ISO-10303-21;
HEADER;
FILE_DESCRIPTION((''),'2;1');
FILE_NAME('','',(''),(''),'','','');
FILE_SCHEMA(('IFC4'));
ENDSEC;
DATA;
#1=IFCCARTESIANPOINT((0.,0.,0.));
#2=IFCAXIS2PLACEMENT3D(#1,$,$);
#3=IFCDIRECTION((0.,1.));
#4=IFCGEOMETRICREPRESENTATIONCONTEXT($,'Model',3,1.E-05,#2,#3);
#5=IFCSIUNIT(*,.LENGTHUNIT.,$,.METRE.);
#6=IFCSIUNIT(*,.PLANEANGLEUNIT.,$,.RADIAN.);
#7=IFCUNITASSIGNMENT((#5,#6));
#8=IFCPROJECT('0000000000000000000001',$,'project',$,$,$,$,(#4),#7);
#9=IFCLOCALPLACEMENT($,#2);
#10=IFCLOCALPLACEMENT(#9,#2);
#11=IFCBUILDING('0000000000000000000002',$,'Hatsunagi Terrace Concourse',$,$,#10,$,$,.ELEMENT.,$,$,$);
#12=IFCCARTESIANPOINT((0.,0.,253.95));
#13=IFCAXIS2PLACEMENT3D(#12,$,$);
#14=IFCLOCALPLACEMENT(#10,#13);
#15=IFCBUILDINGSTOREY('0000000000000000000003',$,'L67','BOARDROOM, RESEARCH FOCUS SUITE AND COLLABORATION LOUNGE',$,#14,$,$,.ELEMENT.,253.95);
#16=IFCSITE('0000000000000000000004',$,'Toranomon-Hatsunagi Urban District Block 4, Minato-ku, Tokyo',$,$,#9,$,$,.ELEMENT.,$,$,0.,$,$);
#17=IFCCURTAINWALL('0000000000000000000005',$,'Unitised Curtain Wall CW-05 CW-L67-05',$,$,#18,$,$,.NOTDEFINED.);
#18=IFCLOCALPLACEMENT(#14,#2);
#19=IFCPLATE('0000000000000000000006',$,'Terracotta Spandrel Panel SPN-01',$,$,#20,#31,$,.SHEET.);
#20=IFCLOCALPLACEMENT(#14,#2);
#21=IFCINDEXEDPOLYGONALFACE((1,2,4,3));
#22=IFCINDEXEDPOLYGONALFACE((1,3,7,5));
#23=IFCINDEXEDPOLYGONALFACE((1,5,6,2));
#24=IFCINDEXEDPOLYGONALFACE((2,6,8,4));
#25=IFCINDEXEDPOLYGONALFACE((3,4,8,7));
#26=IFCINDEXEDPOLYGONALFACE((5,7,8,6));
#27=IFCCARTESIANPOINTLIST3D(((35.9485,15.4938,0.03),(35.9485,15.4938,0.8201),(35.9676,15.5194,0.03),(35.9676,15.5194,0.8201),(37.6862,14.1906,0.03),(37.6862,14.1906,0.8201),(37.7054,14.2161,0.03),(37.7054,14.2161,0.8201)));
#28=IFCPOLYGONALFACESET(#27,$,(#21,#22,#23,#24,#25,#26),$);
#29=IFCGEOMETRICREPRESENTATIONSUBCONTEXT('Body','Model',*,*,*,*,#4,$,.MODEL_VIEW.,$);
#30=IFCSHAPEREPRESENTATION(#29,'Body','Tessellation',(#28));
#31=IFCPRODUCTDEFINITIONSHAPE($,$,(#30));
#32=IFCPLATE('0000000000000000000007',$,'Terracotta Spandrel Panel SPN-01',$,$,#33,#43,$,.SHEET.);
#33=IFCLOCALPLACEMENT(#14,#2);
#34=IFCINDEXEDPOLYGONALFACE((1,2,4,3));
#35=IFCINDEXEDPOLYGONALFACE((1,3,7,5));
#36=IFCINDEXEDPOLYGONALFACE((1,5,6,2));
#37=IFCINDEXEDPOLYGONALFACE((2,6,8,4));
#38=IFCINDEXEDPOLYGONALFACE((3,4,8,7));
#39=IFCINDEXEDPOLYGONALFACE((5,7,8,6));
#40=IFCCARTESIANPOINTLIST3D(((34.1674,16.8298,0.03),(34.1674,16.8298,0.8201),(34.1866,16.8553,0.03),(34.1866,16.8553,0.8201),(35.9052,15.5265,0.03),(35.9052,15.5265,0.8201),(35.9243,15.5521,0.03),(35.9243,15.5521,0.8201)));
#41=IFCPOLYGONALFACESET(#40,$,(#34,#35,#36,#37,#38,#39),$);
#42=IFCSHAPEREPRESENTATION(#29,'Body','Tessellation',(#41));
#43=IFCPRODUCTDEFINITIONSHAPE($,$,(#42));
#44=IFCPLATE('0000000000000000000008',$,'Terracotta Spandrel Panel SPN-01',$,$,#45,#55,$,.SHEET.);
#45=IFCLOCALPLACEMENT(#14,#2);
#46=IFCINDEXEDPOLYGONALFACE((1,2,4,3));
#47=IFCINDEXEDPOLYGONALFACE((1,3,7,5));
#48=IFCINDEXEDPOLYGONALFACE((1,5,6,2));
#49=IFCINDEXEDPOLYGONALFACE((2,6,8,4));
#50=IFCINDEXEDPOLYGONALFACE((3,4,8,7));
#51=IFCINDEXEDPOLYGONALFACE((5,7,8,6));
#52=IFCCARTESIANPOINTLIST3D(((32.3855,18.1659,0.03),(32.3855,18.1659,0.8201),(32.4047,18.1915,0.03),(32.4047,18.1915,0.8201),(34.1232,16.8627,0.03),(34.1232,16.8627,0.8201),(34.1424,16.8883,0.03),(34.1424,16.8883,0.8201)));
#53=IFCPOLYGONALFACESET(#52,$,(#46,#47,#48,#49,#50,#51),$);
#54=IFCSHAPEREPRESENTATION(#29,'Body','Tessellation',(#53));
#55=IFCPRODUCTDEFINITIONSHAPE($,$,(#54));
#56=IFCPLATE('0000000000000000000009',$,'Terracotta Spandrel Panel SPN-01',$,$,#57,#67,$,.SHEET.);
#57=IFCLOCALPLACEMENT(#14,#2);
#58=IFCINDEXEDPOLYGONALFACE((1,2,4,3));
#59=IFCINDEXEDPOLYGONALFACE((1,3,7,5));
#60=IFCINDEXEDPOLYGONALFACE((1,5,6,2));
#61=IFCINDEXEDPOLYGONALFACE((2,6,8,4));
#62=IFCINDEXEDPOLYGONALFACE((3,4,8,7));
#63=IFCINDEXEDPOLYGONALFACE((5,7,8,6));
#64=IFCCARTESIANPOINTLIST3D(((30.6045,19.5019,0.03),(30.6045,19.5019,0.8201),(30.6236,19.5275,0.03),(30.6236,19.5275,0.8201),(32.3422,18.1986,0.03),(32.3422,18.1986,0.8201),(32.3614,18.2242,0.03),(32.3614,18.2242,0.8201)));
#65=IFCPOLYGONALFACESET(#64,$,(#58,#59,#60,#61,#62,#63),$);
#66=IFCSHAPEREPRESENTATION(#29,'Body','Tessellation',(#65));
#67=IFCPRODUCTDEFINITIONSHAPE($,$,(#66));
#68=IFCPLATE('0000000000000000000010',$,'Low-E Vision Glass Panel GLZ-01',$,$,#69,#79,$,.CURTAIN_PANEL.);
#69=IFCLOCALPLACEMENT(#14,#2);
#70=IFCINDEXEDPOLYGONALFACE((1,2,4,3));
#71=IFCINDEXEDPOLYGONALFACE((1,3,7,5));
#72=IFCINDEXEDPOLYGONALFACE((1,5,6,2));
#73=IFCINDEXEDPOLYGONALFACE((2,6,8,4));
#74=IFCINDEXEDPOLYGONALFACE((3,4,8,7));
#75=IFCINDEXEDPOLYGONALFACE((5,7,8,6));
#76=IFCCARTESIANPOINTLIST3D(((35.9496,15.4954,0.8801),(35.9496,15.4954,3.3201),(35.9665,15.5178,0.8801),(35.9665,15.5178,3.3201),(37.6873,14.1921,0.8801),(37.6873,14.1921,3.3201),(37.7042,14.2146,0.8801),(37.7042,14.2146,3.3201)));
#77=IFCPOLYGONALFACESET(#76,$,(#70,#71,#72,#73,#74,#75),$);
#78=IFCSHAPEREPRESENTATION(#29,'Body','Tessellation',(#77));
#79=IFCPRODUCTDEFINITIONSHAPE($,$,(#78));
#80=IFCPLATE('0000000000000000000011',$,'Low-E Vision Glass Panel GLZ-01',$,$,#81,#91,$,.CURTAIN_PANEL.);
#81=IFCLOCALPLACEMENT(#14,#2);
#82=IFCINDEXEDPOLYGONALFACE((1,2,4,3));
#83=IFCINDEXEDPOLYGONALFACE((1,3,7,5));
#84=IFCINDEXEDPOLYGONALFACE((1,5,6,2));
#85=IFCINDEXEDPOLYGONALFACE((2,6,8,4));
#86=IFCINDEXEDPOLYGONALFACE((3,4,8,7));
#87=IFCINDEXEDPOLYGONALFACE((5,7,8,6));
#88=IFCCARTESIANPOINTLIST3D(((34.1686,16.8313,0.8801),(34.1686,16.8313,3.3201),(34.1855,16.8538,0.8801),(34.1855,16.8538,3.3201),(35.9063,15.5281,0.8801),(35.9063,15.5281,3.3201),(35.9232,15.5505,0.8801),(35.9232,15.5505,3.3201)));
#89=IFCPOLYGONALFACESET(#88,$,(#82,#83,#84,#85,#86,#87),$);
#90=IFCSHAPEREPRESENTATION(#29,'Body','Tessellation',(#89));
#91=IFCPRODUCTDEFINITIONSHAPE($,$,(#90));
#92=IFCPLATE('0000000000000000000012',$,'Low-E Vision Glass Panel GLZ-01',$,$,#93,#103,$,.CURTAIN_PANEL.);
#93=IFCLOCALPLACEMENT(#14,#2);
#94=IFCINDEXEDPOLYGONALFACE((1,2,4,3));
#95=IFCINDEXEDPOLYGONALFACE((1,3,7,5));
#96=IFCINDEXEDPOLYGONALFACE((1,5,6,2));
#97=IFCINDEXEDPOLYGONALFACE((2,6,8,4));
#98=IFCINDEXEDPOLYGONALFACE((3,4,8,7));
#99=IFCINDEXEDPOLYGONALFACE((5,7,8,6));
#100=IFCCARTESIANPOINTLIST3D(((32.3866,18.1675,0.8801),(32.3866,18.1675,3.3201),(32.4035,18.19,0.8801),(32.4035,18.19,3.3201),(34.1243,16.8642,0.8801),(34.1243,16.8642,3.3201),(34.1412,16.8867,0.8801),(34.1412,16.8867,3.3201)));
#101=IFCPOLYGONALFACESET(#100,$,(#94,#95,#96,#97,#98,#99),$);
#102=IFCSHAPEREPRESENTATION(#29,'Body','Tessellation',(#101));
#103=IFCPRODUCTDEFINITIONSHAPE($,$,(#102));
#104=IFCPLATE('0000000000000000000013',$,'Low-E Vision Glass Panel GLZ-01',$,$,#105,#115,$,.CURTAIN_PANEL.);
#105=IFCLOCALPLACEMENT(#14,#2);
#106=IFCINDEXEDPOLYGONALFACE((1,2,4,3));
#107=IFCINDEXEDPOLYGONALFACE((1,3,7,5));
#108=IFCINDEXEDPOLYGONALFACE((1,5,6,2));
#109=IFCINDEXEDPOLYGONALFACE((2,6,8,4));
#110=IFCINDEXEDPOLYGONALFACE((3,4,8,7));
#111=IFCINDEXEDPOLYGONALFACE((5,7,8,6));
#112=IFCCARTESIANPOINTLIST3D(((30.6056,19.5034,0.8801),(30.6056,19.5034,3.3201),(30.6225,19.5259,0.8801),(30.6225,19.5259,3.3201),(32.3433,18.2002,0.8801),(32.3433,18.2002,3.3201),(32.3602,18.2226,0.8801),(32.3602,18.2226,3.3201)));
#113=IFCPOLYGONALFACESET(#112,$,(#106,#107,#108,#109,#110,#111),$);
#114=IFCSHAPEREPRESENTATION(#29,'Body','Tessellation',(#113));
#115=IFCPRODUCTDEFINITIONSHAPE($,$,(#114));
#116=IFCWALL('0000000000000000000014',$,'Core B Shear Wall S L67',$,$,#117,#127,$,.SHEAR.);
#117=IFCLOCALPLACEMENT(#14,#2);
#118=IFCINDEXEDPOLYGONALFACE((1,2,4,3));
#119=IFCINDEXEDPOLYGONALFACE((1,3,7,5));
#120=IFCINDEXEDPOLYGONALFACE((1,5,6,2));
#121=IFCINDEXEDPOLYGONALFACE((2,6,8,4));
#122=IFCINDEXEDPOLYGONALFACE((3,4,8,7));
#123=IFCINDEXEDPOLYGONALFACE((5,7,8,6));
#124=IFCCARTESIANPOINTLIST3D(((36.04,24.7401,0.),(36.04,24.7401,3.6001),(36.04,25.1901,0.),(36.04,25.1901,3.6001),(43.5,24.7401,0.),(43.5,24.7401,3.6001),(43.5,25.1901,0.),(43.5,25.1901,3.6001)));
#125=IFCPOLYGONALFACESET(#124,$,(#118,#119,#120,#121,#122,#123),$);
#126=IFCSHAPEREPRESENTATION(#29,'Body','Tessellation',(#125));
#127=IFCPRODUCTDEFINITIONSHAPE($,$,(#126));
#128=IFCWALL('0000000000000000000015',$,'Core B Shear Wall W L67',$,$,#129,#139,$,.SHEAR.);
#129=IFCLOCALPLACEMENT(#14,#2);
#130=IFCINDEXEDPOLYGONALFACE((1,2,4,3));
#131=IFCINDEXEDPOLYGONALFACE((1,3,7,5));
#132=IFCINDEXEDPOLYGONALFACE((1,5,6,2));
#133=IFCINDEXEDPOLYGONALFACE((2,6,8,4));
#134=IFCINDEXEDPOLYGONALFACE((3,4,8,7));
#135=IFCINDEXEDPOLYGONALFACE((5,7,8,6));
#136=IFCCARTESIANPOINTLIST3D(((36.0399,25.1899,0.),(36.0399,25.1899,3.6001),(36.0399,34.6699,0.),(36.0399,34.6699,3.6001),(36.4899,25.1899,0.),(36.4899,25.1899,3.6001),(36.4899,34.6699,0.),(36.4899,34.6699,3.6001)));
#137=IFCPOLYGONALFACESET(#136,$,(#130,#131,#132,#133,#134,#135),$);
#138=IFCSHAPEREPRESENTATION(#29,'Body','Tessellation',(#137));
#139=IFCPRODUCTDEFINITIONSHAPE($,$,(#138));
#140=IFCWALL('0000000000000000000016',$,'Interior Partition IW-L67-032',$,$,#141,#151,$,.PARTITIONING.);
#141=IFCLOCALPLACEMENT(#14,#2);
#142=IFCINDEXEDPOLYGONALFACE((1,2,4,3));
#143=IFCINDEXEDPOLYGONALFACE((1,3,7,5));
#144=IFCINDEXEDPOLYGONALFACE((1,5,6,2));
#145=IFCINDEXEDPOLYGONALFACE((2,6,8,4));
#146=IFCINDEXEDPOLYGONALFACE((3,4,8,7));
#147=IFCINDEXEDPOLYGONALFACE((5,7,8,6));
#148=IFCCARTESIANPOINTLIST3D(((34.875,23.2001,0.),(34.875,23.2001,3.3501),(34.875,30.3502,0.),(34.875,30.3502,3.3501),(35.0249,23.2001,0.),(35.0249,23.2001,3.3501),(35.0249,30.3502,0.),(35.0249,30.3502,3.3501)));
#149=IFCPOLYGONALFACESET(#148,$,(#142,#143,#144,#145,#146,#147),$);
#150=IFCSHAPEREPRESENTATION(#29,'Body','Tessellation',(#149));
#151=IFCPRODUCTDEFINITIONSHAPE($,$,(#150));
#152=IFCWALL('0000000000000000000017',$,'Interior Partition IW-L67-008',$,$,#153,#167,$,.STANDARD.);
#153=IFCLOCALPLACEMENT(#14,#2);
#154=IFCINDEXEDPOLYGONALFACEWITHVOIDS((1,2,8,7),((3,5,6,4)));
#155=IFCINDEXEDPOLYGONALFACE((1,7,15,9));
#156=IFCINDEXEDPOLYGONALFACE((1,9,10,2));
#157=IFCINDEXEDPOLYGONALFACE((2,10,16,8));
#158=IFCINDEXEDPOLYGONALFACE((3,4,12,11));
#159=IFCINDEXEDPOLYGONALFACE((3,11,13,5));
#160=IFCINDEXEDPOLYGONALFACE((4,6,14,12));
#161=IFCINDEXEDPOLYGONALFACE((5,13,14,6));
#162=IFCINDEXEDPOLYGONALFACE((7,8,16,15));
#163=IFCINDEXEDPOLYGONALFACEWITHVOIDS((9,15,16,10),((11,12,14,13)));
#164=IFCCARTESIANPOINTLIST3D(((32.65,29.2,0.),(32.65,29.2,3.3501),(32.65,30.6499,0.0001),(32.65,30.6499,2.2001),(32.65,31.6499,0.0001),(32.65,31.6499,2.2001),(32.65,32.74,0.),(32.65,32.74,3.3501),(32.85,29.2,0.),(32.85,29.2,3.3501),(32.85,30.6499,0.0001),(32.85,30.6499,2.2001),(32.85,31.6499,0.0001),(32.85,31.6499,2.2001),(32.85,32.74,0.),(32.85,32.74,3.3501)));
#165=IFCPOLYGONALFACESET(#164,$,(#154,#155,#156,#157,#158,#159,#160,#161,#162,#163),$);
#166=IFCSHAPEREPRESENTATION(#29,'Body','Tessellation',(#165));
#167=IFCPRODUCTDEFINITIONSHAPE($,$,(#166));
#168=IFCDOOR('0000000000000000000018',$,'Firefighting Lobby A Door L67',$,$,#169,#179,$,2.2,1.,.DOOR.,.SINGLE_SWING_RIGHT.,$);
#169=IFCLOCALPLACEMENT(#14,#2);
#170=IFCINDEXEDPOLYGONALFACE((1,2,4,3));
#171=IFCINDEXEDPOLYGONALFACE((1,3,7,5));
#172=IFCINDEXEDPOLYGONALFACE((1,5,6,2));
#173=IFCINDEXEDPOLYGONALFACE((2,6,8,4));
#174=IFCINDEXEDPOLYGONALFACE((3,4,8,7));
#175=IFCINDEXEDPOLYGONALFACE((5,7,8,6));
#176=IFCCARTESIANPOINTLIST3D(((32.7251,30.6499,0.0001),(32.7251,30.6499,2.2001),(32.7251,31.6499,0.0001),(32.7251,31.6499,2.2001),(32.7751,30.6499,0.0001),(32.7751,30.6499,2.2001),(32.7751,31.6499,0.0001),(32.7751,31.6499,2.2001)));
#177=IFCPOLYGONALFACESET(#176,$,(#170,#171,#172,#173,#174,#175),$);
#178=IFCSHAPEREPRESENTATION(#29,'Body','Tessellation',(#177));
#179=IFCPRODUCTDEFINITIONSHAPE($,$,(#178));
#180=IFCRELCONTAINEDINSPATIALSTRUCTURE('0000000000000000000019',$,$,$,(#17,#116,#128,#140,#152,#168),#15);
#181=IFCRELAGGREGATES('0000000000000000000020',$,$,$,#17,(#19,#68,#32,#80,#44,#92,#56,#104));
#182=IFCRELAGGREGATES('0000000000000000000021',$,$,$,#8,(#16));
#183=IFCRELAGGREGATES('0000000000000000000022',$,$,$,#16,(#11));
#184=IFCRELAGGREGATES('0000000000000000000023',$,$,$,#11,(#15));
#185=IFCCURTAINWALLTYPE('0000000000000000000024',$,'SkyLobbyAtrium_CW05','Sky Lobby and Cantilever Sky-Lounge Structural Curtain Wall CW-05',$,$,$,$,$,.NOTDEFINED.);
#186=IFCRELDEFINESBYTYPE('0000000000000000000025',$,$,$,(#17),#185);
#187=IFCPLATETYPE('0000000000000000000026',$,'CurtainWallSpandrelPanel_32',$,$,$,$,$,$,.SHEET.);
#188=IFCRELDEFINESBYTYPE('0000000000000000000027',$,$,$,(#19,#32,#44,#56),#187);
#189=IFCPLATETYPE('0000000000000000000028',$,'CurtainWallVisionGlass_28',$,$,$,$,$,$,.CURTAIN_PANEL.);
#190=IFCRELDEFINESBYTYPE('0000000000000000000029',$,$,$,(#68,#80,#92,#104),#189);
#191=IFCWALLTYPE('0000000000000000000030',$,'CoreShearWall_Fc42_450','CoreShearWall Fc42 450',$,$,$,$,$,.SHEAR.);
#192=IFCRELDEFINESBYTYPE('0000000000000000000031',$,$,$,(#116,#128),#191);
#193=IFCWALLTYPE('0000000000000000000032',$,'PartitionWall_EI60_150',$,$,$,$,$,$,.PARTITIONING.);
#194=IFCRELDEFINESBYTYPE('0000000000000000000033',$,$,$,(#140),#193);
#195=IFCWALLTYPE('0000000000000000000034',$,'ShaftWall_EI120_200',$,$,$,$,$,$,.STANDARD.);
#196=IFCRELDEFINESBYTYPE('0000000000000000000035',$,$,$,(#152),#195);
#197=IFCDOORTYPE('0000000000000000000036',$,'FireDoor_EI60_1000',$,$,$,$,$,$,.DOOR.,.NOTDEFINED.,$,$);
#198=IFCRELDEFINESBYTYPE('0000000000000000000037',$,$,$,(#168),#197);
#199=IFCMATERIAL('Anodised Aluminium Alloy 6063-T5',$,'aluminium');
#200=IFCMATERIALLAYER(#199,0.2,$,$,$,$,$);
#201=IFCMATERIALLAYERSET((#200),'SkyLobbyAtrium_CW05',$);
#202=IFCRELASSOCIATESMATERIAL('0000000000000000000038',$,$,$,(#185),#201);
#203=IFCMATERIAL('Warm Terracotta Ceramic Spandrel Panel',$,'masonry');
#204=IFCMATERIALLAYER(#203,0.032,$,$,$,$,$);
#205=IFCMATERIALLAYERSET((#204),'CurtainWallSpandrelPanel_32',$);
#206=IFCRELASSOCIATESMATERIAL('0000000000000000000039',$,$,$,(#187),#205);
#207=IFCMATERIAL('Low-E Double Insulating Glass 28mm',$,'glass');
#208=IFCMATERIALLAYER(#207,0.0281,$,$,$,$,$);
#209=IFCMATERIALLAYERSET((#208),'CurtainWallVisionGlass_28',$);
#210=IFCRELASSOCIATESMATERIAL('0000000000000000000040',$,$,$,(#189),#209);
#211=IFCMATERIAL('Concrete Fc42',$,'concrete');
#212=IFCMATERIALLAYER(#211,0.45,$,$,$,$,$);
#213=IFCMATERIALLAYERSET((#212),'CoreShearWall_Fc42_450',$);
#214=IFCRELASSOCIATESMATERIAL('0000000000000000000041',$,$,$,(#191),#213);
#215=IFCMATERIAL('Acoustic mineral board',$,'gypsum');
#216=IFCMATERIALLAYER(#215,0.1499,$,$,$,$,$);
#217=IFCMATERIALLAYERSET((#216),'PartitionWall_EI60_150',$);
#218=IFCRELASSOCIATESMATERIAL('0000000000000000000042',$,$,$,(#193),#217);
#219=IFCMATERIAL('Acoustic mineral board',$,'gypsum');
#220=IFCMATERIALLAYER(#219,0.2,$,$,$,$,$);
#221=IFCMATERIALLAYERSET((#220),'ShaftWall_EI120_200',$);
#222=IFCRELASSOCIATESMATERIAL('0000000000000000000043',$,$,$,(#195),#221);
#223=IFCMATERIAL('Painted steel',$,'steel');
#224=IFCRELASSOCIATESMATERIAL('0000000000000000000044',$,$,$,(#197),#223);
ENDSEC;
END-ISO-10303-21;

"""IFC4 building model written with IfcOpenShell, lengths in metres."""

from ifc_helpers import new_model, si_unit, direction, frame, frame_2d, origin, origin_2d, place, context, subcontext, project, spatial, rectangle, extrude, material, layer, layer_set, type_object, element, fill, aggregate, save


model = new_model("IFC4")

# Units and contexts
model_context = context("Model", 3, precision=1e-05, world=origin(), true_north=direction((0.0, 1.0)))
body_context = subcontext(model_context, "Body", "Model", "MODEL_VIEW")
ifc_project = project(units=[si_unit("LENGTHUNIT", "METRE"), si_unit("PLANEANGLEUNIT", "RADIAN")], contexts=[model_context])

# Site, building, storey
site_placement = place(None, origin())
site = spatial("IfcSite", under=ifc_project, at=site_placement, Name="Toranomon-Hatsunagi Urban District Block 4, Minato-ku, Tokyo", CompositionType="ELEMENT", RefElevation=0.0)
building_placement = place(site_placement, origin())
building = spatial("IfcBuilding", under=site, at=building_placement, Name="Hatsunagi Terrace Concourse", CompositionType="ELEMENT")
storey_placement = place(building_placement, frame((0.0, 0.0, 253.95)))
storey = spatial("IfcBuildingStorey", under=building, at=storey_placement, Name="L67", Description="BOARDROOM, RESEARCH FOCUS SUITE AND COLLABORATION LOUNGE", CompositionType="ELEMENT", Elevation=253.95)

# Curtain wall
ifc_material_1 = material(Name="Anodised Aluminium Alloy 6063-T5", Category="aluminium")
ifc_layer_1 = layer(ifc_material_1, 0.2)
ifc_layer_set_1 = layer_set([ifc_layer_1], Name="SkyLobbyAtrium_CW05")
curtain_wall_type = type_object("IfcCurtainWallType", Name="SkyLobbyAtrium_CW05", Description="Sky Lobby and Cantilever Sky-Lounge Structural Curtain Wall CW-05", PredefinedType="NOTDEFINED", material=ifc_layer_set_1)
curtain_wall_placement = place(storey_placement, origin())
curtain_wall = element("IfcCurtainWall", 1, at=curtain_wall_placement, inside=storey, type_object=curtain_wall_type, Name="Unitised Curtain Wall CW-05 CW-L67-05", PredefinedType="NOTDEFINED")

# Plates
ifc_material_2 = material(Name="Warm Terracotta Ceramic Spandrel Panel", Category="masonry")
ifc_layer_2 = layer(ifc_material_2, 0.032)
ifc_layer_set_2 = layer_set([ifc_layer_2], Name="CurtainWallSpandrelPanel_32")
plate_type_1 = type_object("IfcPlateType", Name="CurtainWallSpandrelPanel_32", PredefinedType="SHEET", material=ifc_layer_set_2)
plate_1_placement = place(storey_placement, frame((36.8269, 14.855, 0.03), z_axis=(0.0, 0.0, 1.0), x_axis=(-0.800007, 0.59999, 0.0)))
plate_1 = element("IfcPlate", 2, at=plate_1_placement, type_object=plate_type_1, Name="Terracotta Spandrel Panel SPN-01", PredefinedType="SHEET", context=body_context, shape_type="SweptSolid", body=[
    extrude(rectangle(XDim=2.1721, YDim=0.032, at=origin_2d()), origin(), (0.0, 0.0, 1.0), 0.79),
])
plate_2_placement = place(storey_placement, frame((35.0459, 16.1909, 0.03), z_axis=(0.0, 0.0, 1.0), x_axis=(-0.800007, 0.59999, 0.0)))
plate_2 = element("IfcPlate", 3, at=plate_2_placement, type_object=plate_type_1, Name="Terracotta Spandrel Panel SPN-01", PredefinedType="SHEET", context=body_context, shape_type="SweptSolid", body=[
    extrude(rectangle(XDim=2.1721, YDim=0.032, at=origin_2d()), origin(), (0.0, 0.0, 1.0), 0.79),
])
plate_3_placement = place(storey_placement, frame((33.2639, 17.5271, 0.03), z_axis=(0.0, 0.0, 1.0), x_axis=(-0.800007, 0.59999, 0.0)))
plate_3 = element("IfcPlate", 4, at=plate_3_placement, type_object=plate_type_1, Name="Terracotta Spandrel Panel SPN-01", PredefinedType="SHEET", context=body_context, shape_type="SweptSolid", body=[
    extrude(rectangle(XDim=2.1721, YDim=0.032, at=origin_2d()), origin(), (0.0, 0.0, 1.0), 0.79),
])
plate_4_placement = place(storey_placement, frame((31.4829, 18.863, 0.03), z_axis=(0.0, 0.0, 1.0), x_axis=(-0.800007, 0.59999, 0.0)))
plate_4 = element("IfcPlate", 5, at=plate_4_placement, type_object=plate_type_1, Name="Terracotta Spandrel Panel SPN-01", PredefinedType="SHEET", context=body_context, shape_type="SweptSolid", body=[
    extrude(rectangle(XDim=2.1721, YDim=0.032, at=origin_2d()), origin(), (0.0, 0.0, 1.0), 0.79),
])
ifc_material_3 = material(Name="Low-E Double Insulating Glass 28mm", Category="glass")
ifc_layer_3 = layer(ifc_material_3, 0.0281)
ifc_layer_set_3 = layer_set([ifc_layer_3], Name="CurtainWallVisionGlass_28")
plate_type_2 = type_object("IfcPlateType", Name="CurtainWallVisionGlass_28", PredefinedType="CURTAIN_PANEL", material=ifc_layer_set_3)
plate_5_placement = place(storey_placement, frame((36.8269, 14.855, 0.8801), z_axis=(0.0, 0.0, 1.0), x_axis=(-0.800007, 0.59999, 0.0)))
plate_5 = element("IfcPlate", 6, at=plate_5_placement, type_object=plate_type_2, Name="Low-E Vision Glass Panel GLZ-01", PredefinedType="CURTAIN_PANEL", context=body_context, shape_type="SweptSolid", body=[
    extrude(rectangle(XDim=2.1721, YDim=0.0281, at=origin_2d()), origin(), (0.0, 0.0, 1.0), 2.4399),
])
plate_6_placement = place(storey_placement, frame((35.0459, 16.1909, 0.8801), z_axis=(0.0, 0.0, 1.0), x_axis=(-0.800007, 0.59999, 0.0)))
plate_6 = element("IfcPlate", 7, at=plate_6_placement, type_object=plate_type_2, Name="Low-E Vision Glass Panel GLZ-01", PredefinedType="CURTAIN_PANEL", context=body_context, shape_type="SweptSolid", body=[
    extrude(rectangle(XDim=2.1721, YDim=0.0281, at=origin_2d()), origin(), (0.0, 0.0, 1.0), 2.4399),
])
plate_7_placement = place(storey_placement, frame((33.2639, 17.5271, 0.8801), z_axis=(0.0, 0.0, 1.0), x_axis=(-0.800007, 0.59999, 0.0)))
plate_7 = element("IfcPlate", 8, at=plate_7_placement, type_object=plate_type_2, Name="Low-E Vision Glass Panel GLZ-01", PredefinedType="CURTAIN_PANEL", context=body_context, shape_type="SweptSolid", body=[
    extrude(rectangle(XDim=2.1721, YDim=0.0281, at=origin_2d()), origin(), (0.0, 0.0, 1.0), 2.4399),
])
plate_8_placement = place(storey_placement, frame((31.4829, 18.863, 0.8801), z_axis=(0.0, 0.0, 1.0), x_axis=(-0.800007, 0.59999, 0.0)))
plate_8 = element("IfcPlate", 9, at=plate_8_placement, type_object=plate_type_2, Name="Low-E Vision Glass Panel GLZ-01", PredefinedType="CURTAIN_PANEL", context=body_context, shape_type="SweptSolid", body=[
    extrude(rectangle(XDim=2.1721, YDim=0.0281, at=origin_2d()), origin(), (0.0, 0.0, 1.0), 2.4399),
])
aggregate(curtain_wall, [plate_1, plate_5, plate_2, plate_6, plate_3, plate_7, plate_4, plate_8])

# Walls
ifc_material_4 = material(Name="Concrete Fc42", Category="concrete")
ifc_layer_4 = layer(ifc_material_4, 0.45)
ifc_layer_set_4 = layer_set([ifc_layer_4], Name="CoreShearWall_Fc42_450")
wall_type_1 = type_object("IfcWallType", Name="CoreShearWall_Fc42_450", Description="CoreShearWall Fc42 450", PredefinedType="SHEAR", material=ifc_layer_set_4)
wall_1_placement = place(storey_placement, frame((36.04, 24.9651, 0.0), z_axis=(0.0, 0.0, 1.0), x_axis=(1.0, 0.0, 0.0)))
element("IfcWall", 10, at=wall_1_placement, inside=storey, type_object=wall_type_1, Name="Core B Shear Wall S L67", PredefinedType="SHEAR", context=body_context, shape_type="SweptSolid", body=[
    extrude(rectangle(XDim=7.46, YDim=0.45, at=frame_2d((3.73, 0.0))), origin(), (0.0, 0.0, 1.0), 3.6001),
])
wall_2_placement = place(storey_placement, frame((36.2649, 25.1899, 0.0), z_axis=(0.0, 0.0, 1.0), x_axis=(0.0, 1.0, 0.0)))
element("IfcWall", 11, at=wall_2_placement, inside=storey, type_object=wall_type_1, Name="Core B Shear Wall W L67", PredefinedType="SHEAR", context=body_context, shape_type="SweptSolid", body=[
    extrude(rectangle(XDim=9.48, YDim=0.45, at=frame_2d((4.74, 0.0))), origin(), (0.0, 0.0, 1.0), 3.6001),
])
ifc_material_5 = material(Name="Acoustic mineral board", Category="gypsum")
ifc_layer_5 = layer(ifc_material_5, 0.1499)
ifc_layer_set_5 = layer_set([ifc_layer_5], Name="PartitionWall_EI60_150")
wall_type_2 = type_object("IfcWallType", Name="PartitionWall_EI60_150", PredefinedType="PARTITIONING", material=ifc_layer_set_5)
wall_3_placement = place(storey_placement, frame((34.95, 23.2, 0.0), z_axis=(0.0, 0.0, 1.0), x_axis=(0.0, 1.0, 0.0)))
element("IfcWall", 12, at=wall_3_placement, inside=storey, type_object=wall_type_2, Name="Interior Partition IW-L67-032", PredefinedType="PARTITIONING", context=body_context, shape_type="SweptSolid", body=[
    extrude(rectangle(XDim=7.1501, YDim=0.1499, at=frame_2d((3.5752, 0.0))), origin(), (0.0, 0.0, 1.0), 3.3501),
])

# Wall, opening, door
ifc_material_6 = material(Name="Acoustic mineral board", Category="gypsum")
ifc_layer_6 = layer(ifc_material_6, 0.2)
ifc_layer_set_6 = layer_set([ifc_layer_6], Name="ShaftWall_EI120_200")
wall_type_3 = type_object("IfcWallType", Name="ShaftWall_EI120_200", PredefinedType="STANDARD", material=ifc_layer_set_6)
wall_4_placement = place(storey_placement, frame((32.75, 29.2, 0.0), z_axis=(0.0, 0.0, 1.0), x_axis=(0.0, 1.0, 0.0)))
wall_4 = element("IfcWall", 13, at=wall_4_placement, inside=storey, type_object=wall_type_3, Name="Interior Partition IW-L67-008", PredefinedType="STANDARD", context=body_context, shape_type="SweptSolid", body=[
    extrude(rectangle(XDim=3.54, YDim=0.2, at=frame_2d((1.77, 0.0))), origin(), (0.0, 0.0, 1.0), 3.3501),
])
opening_placement = place(wall_4_placement, frame((1.45, 0.0, 0.0)))
opening = element("IfcOpeningElement", 14, at=opening_placement, cuts=wall_4, PredefinedType="OPENING", context=body_context, shape_type="SweptSolid", body=[
    extrude(rectangle(XDim=1.0, YDim=2.2, at=frame_2d((0.5, 1.1001))), frame((0.0, 0.1099, 0.0), z_axis=(0.0, -1.0, 0.0), x_axis=(1.0, 0.0, 0.0)), (0.0, 0.0, 1.0), 0.22),
])
ifc_material_7 = material(Name="Painted steel", Category="steel")
door_type = type_object("IfcDoorType", Name="FireDoor_EI60_1000", OperationType="NOTDEFINED", PredefinedType="DOOR", material=ifc_material_7)
door_placement = place(opening_placement, origin())
door = element("IfcDoor", 15, at=door_placement, inside=storey, type_object=door_type, Name="Firefighting Lobby A Door L67", OperationType="SINGLE_SWING_RIGHT", OverallHeight=2.2, OverallWidth=1.0, PredefinedType="DOOR", context=body_context, shape_type="SweptSolid", body=[
    extrude(rectangle(XDim=1.0, YDim=2.2, at=frame_2d((0.5, 1.1001))), frame((0.0, 0.0249, 0.0), z_axis=(0.0, -1.0, 0.0), x_axis=(1.0, 0.0, 0.0)), (0.0, 0.0, 1.0), 0.05),
])
fill(opening, door)

save(model, "model.ifc")
